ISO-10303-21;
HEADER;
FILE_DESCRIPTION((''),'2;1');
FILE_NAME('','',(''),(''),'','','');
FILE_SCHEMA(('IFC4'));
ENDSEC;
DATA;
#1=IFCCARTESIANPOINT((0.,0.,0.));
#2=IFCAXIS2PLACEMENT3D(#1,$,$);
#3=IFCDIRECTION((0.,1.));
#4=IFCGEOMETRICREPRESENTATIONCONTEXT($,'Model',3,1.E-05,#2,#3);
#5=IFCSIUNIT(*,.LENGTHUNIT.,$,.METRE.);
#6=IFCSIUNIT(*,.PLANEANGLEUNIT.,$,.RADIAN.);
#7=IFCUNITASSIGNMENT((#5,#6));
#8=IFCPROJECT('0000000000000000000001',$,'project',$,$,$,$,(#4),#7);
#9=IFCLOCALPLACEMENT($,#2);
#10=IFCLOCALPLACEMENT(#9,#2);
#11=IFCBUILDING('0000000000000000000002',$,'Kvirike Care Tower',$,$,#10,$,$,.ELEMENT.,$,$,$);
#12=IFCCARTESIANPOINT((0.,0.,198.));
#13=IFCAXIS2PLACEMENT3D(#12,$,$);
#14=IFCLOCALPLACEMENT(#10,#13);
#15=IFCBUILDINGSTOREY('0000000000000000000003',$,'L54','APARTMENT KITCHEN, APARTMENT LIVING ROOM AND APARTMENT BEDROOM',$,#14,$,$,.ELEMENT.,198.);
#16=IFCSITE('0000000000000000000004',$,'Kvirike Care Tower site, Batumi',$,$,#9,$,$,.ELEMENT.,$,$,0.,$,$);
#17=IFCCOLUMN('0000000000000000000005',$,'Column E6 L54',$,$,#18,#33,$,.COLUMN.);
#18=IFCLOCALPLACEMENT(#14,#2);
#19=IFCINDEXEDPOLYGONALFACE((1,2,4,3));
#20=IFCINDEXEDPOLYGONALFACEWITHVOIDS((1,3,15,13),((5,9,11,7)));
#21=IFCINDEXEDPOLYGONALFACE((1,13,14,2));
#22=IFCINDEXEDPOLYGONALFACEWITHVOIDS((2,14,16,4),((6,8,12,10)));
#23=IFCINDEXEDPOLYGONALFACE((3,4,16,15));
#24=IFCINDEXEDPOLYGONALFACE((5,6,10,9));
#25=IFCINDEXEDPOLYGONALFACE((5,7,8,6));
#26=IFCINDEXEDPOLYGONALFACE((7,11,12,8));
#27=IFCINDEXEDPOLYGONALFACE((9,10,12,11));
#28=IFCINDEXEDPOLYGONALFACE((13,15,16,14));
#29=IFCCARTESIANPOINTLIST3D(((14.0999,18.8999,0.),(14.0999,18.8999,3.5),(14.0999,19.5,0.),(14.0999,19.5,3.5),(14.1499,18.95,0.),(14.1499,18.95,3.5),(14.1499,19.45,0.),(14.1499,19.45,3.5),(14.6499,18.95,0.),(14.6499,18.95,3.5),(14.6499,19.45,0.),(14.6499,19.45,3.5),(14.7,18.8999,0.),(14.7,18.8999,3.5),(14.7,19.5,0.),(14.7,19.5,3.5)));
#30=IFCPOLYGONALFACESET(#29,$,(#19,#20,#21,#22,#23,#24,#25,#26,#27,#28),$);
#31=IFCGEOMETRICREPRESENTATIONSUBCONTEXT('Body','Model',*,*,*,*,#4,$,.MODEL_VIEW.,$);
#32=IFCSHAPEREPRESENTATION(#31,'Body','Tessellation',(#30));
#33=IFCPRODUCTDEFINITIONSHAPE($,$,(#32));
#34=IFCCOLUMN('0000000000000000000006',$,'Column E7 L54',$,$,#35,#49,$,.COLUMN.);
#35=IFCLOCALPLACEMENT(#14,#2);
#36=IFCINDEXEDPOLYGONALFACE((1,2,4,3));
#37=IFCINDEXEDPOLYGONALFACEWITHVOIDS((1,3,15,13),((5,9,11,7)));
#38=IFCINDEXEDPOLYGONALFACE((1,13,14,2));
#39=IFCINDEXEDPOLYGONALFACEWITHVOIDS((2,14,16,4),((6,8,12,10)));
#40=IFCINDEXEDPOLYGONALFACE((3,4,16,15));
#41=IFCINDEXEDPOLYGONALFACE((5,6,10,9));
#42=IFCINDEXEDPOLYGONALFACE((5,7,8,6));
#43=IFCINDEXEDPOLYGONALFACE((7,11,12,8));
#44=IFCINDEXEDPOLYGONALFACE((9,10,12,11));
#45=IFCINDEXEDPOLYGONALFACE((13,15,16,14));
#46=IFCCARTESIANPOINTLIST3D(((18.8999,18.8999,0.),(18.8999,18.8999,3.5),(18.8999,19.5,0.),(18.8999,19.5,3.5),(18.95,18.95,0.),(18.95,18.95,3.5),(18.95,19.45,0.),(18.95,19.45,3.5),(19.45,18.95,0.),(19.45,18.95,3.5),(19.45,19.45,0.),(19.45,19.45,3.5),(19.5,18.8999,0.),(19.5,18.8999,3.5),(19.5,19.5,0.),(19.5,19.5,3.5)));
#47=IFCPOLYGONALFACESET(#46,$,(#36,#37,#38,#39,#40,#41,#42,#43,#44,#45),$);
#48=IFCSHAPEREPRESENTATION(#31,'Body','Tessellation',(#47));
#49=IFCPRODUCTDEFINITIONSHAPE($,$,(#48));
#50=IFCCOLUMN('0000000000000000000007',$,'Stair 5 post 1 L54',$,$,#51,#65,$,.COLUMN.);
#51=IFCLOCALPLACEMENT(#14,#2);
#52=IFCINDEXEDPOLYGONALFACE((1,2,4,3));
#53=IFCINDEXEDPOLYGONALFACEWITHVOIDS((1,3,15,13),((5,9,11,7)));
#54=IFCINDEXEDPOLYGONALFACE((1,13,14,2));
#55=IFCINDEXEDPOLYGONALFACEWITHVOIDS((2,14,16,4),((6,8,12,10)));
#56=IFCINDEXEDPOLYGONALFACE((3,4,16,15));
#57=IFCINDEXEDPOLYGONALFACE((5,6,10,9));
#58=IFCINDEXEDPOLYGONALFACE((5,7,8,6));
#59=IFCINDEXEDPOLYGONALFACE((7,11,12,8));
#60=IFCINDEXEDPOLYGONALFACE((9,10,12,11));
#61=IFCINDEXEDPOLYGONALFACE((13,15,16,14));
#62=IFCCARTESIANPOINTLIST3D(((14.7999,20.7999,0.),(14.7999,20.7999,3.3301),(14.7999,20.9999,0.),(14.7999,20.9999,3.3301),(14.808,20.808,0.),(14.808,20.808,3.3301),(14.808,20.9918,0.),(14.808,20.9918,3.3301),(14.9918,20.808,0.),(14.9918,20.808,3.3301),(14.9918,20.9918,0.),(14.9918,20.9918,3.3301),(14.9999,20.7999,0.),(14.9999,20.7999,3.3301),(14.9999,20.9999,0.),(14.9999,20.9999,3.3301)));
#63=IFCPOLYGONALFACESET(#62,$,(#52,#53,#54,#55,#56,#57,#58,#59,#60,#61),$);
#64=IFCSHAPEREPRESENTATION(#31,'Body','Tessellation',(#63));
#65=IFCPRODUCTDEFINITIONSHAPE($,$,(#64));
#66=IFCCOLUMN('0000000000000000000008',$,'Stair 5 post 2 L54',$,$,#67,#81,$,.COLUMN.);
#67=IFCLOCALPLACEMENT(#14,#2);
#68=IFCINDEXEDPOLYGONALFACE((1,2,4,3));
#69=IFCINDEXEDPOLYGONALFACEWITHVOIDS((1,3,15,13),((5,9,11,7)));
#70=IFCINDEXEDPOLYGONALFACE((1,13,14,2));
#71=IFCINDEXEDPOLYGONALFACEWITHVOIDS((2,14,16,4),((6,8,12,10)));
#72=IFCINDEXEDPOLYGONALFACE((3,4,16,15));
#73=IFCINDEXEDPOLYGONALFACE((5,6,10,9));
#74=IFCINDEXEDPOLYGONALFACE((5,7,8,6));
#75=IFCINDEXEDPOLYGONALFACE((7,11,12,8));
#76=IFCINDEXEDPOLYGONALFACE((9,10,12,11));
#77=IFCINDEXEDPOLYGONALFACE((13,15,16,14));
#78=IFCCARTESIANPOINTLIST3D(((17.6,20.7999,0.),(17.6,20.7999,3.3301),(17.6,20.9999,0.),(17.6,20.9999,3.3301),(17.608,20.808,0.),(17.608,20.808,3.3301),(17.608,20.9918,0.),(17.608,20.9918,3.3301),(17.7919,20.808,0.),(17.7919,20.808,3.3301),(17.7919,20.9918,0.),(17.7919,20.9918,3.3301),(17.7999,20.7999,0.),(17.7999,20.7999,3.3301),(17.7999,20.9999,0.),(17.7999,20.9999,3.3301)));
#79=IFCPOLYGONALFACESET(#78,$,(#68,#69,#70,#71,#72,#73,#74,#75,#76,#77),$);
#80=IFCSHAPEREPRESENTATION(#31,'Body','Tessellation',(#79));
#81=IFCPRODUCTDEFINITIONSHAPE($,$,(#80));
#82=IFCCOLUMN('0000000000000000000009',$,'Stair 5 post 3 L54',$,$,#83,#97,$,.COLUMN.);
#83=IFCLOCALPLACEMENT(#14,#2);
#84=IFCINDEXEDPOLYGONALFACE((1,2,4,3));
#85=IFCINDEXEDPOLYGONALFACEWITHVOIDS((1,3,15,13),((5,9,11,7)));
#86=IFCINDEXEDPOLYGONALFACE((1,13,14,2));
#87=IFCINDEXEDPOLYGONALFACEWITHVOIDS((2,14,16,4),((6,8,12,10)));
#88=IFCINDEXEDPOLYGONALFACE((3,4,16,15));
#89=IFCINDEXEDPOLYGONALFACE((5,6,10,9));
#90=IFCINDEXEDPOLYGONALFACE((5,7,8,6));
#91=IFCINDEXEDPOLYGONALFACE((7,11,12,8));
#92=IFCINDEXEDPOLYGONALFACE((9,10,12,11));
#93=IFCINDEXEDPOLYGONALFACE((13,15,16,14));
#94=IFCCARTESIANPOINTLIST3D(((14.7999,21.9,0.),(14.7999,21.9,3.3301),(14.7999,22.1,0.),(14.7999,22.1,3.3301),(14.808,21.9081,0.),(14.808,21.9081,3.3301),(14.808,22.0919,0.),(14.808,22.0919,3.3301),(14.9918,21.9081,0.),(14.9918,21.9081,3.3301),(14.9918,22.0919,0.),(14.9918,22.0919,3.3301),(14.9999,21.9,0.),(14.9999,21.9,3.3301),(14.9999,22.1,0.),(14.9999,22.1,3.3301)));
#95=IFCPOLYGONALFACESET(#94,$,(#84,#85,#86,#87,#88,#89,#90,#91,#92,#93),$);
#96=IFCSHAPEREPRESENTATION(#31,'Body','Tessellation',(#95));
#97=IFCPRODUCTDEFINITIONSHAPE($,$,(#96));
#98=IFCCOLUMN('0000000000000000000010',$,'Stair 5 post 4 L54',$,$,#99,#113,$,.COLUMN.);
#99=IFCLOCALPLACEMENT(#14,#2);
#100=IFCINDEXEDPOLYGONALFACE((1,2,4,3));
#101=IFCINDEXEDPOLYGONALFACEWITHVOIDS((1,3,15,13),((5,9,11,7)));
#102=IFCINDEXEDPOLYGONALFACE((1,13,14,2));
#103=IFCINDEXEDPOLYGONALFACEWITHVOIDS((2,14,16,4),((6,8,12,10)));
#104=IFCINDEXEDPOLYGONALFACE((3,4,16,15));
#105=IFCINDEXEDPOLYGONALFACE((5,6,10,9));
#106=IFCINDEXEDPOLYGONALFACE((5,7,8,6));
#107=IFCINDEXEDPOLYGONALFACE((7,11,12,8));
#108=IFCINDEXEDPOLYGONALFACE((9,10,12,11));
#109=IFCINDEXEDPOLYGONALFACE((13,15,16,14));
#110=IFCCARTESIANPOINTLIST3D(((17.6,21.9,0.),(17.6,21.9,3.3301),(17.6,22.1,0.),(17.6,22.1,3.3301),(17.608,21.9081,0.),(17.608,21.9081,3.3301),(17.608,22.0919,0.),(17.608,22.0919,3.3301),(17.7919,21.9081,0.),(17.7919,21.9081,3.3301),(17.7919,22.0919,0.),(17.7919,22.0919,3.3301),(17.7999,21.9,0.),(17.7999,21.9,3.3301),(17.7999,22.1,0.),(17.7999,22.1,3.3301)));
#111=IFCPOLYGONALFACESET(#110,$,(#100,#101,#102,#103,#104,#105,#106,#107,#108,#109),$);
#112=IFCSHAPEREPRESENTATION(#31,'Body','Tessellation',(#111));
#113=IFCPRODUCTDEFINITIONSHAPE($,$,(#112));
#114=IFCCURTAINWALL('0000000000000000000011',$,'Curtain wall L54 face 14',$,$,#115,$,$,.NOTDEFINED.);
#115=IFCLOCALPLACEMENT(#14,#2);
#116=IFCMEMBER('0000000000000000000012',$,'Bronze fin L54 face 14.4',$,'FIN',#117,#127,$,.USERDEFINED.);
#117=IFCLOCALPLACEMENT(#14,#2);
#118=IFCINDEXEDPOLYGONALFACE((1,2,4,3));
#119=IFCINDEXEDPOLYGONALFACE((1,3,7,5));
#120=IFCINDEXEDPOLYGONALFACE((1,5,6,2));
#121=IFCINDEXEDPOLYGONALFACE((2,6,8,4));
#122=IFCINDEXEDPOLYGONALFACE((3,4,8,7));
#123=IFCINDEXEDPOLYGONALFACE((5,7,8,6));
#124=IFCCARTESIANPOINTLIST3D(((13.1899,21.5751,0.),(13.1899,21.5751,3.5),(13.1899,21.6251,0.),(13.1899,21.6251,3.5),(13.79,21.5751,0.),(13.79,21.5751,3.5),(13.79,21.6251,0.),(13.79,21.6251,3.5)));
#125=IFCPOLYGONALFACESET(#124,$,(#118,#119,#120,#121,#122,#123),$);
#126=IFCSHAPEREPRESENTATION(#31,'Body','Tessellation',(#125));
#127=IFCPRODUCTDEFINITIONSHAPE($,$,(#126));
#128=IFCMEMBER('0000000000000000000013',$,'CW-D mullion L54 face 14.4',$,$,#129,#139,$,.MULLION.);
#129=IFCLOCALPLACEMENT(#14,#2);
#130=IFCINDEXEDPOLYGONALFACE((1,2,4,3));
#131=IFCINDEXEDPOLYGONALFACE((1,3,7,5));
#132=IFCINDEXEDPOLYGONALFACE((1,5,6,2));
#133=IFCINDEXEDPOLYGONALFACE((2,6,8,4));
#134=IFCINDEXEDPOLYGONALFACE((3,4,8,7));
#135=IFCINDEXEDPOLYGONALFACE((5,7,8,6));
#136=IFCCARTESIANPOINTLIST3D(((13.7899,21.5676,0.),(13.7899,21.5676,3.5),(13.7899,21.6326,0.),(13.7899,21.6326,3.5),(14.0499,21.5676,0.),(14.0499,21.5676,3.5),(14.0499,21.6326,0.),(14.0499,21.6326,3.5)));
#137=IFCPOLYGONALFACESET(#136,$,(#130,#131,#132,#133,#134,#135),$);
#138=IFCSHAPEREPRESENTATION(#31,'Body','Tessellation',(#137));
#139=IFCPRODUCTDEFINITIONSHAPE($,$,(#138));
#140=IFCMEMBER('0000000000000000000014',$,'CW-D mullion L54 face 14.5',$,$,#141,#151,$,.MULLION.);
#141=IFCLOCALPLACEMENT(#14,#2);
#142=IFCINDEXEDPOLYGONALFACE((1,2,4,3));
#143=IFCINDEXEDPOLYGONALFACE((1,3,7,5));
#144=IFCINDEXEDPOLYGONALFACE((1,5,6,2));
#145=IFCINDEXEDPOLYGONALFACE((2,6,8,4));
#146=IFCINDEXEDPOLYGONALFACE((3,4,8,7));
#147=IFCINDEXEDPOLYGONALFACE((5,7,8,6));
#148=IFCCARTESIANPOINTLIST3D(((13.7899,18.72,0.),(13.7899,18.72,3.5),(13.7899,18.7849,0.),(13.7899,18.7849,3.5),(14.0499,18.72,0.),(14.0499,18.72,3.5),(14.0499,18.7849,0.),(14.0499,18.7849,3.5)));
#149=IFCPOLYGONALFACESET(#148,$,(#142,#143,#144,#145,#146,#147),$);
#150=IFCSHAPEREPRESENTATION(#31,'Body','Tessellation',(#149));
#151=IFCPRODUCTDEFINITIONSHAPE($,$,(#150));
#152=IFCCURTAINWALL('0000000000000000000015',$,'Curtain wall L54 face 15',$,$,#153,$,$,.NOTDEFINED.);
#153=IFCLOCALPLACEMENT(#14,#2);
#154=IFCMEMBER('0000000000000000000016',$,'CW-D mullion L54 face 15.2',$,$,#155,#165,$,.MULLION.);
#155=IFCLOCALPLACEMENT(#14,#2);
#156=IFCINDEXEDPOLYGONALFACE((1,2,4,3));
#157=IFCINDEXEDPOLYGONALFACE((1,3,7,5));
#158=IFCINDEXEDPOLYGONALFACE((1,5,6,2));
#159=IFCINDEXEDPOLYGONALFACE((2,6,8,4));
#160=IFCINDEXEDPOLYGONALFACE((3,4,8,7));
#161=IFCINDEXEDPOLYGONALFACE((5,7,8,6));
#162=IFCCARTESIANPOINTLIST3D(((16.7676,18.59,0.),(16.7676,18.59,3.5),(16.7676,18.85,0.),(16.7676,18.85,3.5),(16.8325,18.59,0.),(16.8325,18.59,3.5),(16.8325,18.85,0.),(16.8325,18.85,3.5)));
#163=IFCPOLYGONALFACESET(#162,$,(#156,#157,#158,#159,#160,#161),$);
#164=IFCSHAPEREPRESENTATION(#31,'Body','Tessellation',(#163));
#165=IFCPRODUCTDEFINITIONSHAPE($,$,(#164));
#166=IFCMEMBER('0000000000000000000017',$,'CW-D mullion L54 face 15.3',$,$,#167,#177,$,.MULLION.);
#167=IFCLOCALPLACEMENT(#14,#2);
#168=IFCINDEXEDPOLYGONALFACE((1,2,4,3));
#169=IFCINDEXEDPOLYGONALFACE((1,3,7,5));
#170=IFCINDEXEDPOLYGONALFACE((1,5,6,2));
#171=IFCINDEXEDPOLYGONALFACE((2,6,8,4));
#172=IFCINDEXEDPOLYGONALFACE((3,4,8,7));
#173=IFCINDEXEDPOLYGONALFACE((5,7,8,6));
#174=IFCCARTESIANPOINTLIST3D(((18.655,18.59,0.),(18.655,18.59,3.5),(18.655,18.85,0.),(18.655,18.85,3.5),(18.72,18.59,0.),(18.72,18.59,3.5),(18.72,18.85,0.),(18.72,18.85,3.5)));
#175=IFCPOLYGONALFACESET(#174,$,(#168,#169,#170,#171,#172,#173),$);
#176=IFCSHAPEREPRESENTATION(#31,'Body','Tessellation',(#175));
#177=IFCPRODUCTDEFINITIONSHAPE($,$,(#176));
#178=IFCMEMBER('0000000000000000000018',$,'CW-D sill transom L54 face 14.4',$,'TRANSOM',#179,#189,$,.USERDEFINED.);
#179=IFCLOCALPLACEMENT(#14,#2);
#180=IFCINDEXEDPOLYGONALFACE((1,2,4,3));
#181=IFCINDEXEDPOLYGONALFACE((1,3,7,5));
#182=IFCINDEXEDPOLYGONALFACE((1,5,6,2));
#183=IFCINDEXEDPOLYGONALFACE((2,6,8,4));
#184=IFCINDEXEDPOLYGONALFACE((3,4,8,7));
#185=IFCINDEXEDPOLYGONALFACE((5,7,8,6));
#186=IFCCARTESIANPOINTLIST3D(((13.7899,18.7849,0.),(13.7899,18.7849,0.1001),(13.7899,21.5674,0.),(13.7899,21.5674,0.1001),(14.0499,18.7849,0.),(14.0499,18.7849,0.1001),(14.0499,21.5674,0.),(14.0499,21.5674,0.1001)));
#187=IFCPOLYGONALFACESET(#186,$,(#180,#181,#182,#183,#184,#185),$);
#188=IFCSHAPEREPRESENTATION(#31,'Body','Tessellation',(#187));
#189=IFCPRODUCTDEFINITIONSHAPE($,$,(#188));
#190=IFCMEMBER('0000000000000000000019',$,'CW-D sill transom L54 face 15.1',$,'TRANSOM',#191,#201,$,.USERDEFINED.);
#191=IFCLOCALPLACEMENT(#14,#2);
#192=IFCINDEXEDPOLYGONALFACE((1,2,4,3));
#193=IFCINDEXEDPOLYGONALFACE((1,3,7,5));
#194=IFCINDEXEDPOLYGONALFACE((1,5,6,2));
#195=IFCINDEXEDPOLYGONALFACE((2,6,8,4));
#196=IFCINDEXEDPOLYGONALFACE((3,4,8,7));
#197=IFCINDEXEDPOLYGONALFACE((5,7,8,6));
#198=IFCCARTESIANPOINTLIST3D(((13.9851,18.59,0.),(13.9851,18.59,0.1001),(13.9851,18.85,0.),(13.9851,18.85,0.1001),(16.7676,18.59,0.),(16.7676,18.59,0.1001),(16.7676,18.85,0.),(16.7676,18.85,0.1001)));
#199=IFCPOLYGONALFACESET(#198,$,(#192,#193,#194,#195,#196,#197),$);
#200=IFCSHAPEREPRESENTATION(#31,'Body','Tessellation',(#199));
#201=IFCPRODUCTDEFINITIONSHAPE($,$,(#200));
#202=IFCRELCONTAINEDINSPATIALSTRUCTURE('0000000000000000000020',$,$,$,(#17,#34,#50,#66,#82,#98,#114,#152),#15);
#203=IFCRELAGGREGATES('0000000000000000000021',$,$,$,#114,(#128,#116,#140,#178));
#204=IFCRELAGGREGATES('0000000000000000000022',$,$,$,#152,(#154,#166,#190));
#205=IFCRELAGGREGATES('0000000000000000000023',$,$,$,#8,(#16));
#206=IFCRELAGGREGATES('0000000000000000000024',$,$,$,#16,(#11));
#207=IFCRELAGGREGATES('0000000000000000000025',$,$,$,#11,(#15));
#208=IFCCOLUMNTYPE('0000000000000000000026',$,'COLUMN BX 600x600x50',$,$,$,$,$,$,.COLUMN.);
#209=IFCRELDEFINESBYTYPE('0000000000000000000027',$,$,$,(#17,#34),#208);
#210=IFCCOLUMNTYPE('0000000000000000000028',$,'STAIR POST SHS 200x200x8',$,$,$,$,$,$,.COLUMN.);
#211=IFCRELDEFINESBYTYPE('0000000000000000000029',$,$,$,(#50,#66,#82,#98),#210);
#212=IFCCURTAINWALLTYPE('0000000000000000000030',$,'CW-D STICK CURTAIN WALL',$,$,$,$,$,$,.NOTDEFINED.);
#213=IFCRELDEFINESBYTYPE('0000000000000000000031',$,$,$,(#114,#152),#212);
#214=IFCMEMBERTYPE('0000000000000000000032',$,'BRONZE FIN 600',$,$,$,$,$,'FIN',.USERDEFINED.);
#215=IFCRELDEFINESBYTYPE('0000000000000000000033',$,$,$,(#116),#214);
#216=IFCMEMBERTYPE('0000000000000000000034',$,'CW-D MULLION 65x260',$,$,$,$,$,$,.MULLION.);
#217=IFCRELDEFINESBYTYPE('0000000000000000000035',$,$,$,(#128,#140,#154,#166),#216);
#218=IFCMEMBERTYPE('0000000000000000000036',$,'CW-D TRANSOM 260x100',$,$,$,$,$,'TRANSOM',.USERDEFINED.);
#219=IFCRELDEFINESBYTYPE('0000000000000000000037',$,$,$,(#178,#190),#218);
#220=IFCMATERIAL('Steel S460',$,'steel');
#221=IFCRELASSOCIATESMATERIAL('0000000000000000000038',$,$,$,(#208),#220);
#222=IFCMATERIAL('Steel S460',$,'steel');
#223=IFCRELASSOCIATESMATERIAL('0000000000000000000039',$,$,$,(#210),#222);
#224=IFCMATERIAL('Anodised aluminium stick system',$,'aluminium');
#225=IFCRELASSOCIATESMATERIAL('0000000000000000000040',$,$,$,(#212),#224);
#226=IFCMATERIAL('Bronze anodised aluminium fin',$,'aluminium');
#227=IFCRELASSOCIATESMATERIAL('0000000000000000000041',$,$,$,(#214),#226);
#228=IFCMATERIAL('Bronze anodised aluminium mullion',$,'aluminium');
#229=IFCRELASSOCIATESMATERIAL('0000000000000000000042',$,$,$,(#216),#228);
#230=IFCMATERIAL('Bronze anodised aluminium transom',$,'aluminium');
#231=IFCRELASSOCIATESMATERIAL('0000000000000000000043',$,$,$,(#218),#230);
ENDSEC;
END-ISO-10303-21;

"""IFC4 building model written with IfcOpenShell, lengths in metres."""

from ifc_helpers import new_model, si_unit, direction, frame, origin, origin_2d, place, context, subcontext, project, spatial, rectangle, hollow_rectangle, extrude, material, material_profile, profile_set, type_object, element, aggregate, save


model = new_model("IFC4")

# Units and contexts
model_context = context("Model", 3, precision=1e-05, world=origin(), true_north=direction((0.0, 1.0)))
body_context = subcontext(model_context, "Body", "Model", "MODEL_VIEW")
ifc_project = project(units=[si_unit("LENGTHUNIT", "METRE"), si_unit("PLANEANGLEUNIT", "RADIAN")], contexts=[model_context])

# Site, building, storey
site_placement = place(None, origin())
site = spatial("IfcSite", under=ifc_project, at=site_placement, Name="Kvirike Care Tower site, Batumi", CompositionType="ELEMENT", RefElevation=0.0)
building_placement = place(site_placement, origin())
building = spatial("IfcBuilding", under=site, at=building_placement, Name="Kvirike Care Tower", CompositionType="ELEMENT")
storey_placement = place(building_placement, frame((0.0, 0.0, 198.0)))
storey = spatial("IfcBuildingStorey", under=building, at=storey_placement, Name="L54", Description="APARTMENT KITCHEN, APARTMENT LIVING ROOM AND APARTMENT BEDROOM", CompositionType="ELEMENT", Elevation=198.0)

# Columns
ifc_material_1 = material(Name="Steel S460", Category="steel")
ifc_material_profile_1 = material_profile(ifc_material_1, hollow_rectangle(XDim=0.6001, YDim=0.6001, WallThickness=0.05, at=origin_2d()), Name="BX 600x600x50")
ifc_profile_set_1 = profile_set([ifc_material_profile_1], Name="Steel S460")
column_type_1 = type_object("IfcColumnType", Name="COLUMN BX 600x600x50", PredefinedType="COLUMN", material=ifc_profile_set_1)
for number, where, z_axis, x_axis, name in (
    (1, (14.3999, 19.2, 0.0), (0.0, 0.0, 1.0), (0.0, 1.0, 0.0), "Column E6 L54"),
    (2, (19.2, 19.2, 0.0), (0.0, 0.0, 1.0), (0.0, 1.0, 0.0), "Column E7 L54"),
):
    element("IfcColumn", number, at=place(storey_placement, frame(where, z_axis=z_axis, x_axis=x_axis)), inside=storey, type_object=column_type_1, Name=name, PredefinedType="COLUMN", context=body_context, shape_type="SweptSolid", body=[
        extrude(hollow_rectangle(XDim=0.6001, YDim=0.6001, WallThickness=0.05, at=origin_2d()), origin(), (0.0, 0.0, 1.0), 3.5),
    ])
ifc_material_2 = material(Name="Steel S460", Category="steel")
ifc_material_profile_2 = material_profile(ifc_material_2, hollow_rectangle(XDim=0.2, YDim=0.2, WallThickness=0.0081, at=origin_2d()), Name="SHS 200x200x8")
ifc_profile_set_2 = profile_set([ifc_material_profile_2], Name="Steel S460")
column_type_2 = type_object("IfcColumnType", Name="STAIR POST SHS 200x200x8", PredefinedType="COLUMN", material=ifc_profile_set_2)
for number, where, z_axis, x_axis, name in (
    (3, (14.8999, 20.8999, 0.0), (0.0, 0.0, 1.0), (1.0, 0.0, 0.0), "Stair 5 post 1 L54"),
    (4, (17.7, 20.8999, 0.0), (0.0, 0.0, 1.0), (1.0, 0.0, 0.0), "Stair 5 post 2 L54"),
    (5, (14.8999, 22.0, 0.0), (0.0, 0.0, 1.0), (1.0, 0.0, 0.0), "Stair 5 post 3 L54"),
    (6, (17.7, 22.0, 0.0), (0.0, 0.0, 1.0), (1.0, 0.0, 0.0), "Stair 5 post 4 L54"),
):
    element("IfcColumn", number, at=place(storey_placement, frame(where, z_axis=z_axis, x_axis=x_axis)), inside=storey, type_object=column_type_2, Name=name, PredefinedType="COLUMN", context=body_context, shape_type="SweptSolid", body=[
        extrude(hollow_rectangle(XDim=0.2, YDim=0.2, WallThickness=0.0081, at=origin_2d()), origin(), (0.0, 0.0, 1.0), 3.3301),
    ])

# Curtain walls, members
ifc_material_3 = material(Name="Anodised aluminium stick system", Category="aluminium")
curtain_wall_type = type_object("IfcCurtainWallType", Name="CW-D STICK CURTAIN WALL", PredefinedType="NOTDEFINED", material=ifc_material_3)
curtain_wall_1_placement = place(storey_placement, origin())
curtain_wall_1 = element("IfcCurtainWall", 7, at=curtain_wall_1_placement, inside=storey, type_object=curtain_wall_type, Name="Curtain wall L54 face 14", PredefinedType="NOTDEFINED")
ifc_material_4 = material(Name="Bronze anodised aluminium fin", Category="aluminium")
ifc_material_profile_3 = material_profile(ifc_material_4, rectangle(XDim=0.05, YDim=0.6001, at=origin_2d()), Name="BRONZE FIN 600")
ifc_profile_set_3 = profile_set([ifc_material_profile_3], Name="Bronze anodised aluminium fin")
member_type_1 = type_object("IfcMemberType", Name="BRONZE FIN 600", ElementType="FIN", PredefinedType="USERDEFINED", material=ifc_profile_set_3)
member_1_placement = place(storey_placement, frame((13.49, 21.6001, 0.0), z_axis=(0.0, 0.0, 1.0), x_axis=(0.0, -1.0, 0.0)))
member_1 = element("IfcMember", 8, at=member_1_placement, type_object=member_type_1, Name="Bronze fin L54 face 14.4", ObjectType="FIN", PredefinedType="USERDEFINED", context=body_context, shape_type="SweptSolid", body=[
    extrude(rectangle(XDim=0.05, YDim=0.6001, at=origin_2d()), origin(), (0.0, 0.0, 1.0), 3.5),
])
ifc_material_5 = material(Name="Bronze anodised aluminium mullion", Category="aluminium")
ifc_material_profile_4 = material_profile(ifc_material_5, rectangle(XDim=0.0649, YDim=0.26, at=origin_2d()), Name="CW-D MULLION 65x260")
ifc_profile_set_4 = profile_set([ifc_material_profile_4], Name="Bronze anodised aluminium mullion")
member_type_2 = type_object("IfcMemberType", Name="CW-D MULLION 65x260", PredefinedType="MULLION", material=ifc_profile_set_4)
member_2_placement = place(storey_placement, frame((13.9199, 21.6001, 0.0), z_axis=(0.0, 0.0, 1.0), x_axis=(0.0, -1.0, 0.0)))
member_2 = element("IfcMember", 9, at=member_2_placement, type_object=member_type_2, Name="CW-D mullion L54 face 14.4", PredefinedType="MULLION", context=body_context, shape_type="SweptSolid", body=[
    extrude(rectangle(XDim=0.0649, YDim=0.26, at=origin_2d()), origin(), (0.0, 0.0, 1.0), 3.5),
])
member_3_placement = place(storey_placement, frame((13.9199, 18.7524, 0.0), z_axis=(0.0, 0.0, 1.0), x_axis=(0.0, -1.0, 0.0)))
member_3 = element("IfcMember", 10, at=member_3_placement, type_object=member_type_2, Name="CW-D mullion L54 face 14.5", PredefinedType="MULLION", context=body_context, shape_type="SweptSolid", body=[
    extrude(rectangle(XDim=0.0649, YDim=0.26, at=origin_2d()), origin(), (0.0, 0.0, 1.0), 3.5),
])
curtain_wall_2_placement = place(storey_placement, origin())
curtain_wall_2 = element("IfcCurtainWall", 11, at=curtain_wall_2_placement, inside=storey, type_object=curtain_wall_type, Name="Curtain wall L54 face 15", PredefinedType="NOTDEFINED")
member_4_placement = place(storey_placement, frame((16.8, 18.72, 0.0), z_axis=(0.0, 0.0, 1.0), x_axis=(1.0, 0.0, 0.0)))
member_4 = element("IfcMember", 12, at=member_4_placement, type_object=member_type_2, Name="CW-D mullion L54 face 15.2", PredefinedType="MULLION", context=body_context, shape_type="SweptSolid", body=[
    extrude(rectangle(XDim=0.0649, YDim=0.26, at=origin_2d()), origin(), (0.0, 0.0, 1.0), 3.5),
])
member_5_placement = place(storey_placement, frame((18.6875, 18.72, 0.0), z_axis=(0.0, 0.0, 1.0), x_axis=(1.0, 0.0, 0.0)))
member_5 = element("IfcMember", 13, at=member_5_placement, type_object=member_type_2, Name="CW-D mullion L54 face 15.3", PredefinedType="MULLION", context=body_context, shape_type="SweptSolid", body=[
    extrude(rectangle(XDim=0.0649, YDim=0.26, at=origin_2d()), origin(), (0.0, 0.0, 1.0), 3.5),
])

# Members
ifc_material_6 = material(Name="Bronze anodised aluminium transom", Category="aluminium")
ifc_material_profile_5 = material_profile(ifc_material_6, rectangle(XDim=0.26, YDim=0.1001, at=origin_2d()), Name="CW-D TRANSOM 260x100")
ifc_profile_set_5 = profile_set([ifc_material_profile_5], Name="Bronze anodised aluminium transom")
member_type_3 = type_object("IfcMemberType", Name="CW-D TRANSOM 260x100", ElementType="TRANSOM", PredefinedType="USERDEFINED", material=ifc_profile_set_5)
member_6_placement = place(storey_placement, frame((13.9199, 21.5674, 0.05), z_axis=(0.0, -1.0, 0.0), x_axis=(1.0, 0.0, 0.0)))
member_6 = element("IfcMember", 14, at=member_6_placement, type_object=member_type_3, Name="CW-D sill transom L54 face 14.4", ObjectType="TRANSOM", PredefinedType="USERDEFINED", context=body_context, shape_type="SweptSolid", body=[
    extrude(rectangle(XDim=0.26, YDim=0.1001, at=origin_2d()), origin(), (0.0, 0.0, 1.0), 2.7825),
])
member_7_placement = place(storey_placement, frame((13.9851, 18.72, 0.05), z_axis=(1.0, 0.0, 0.0), x_axis=(0.0, 1.0, 0.0)))
member_7 = element("IfcMember", 15, at=member_7_placement, type_object=member_type_3, Name="CW-D sill transom L54 face 15.1", ObjectType="TRANSOM", PredefinedType="USERDEFINED", context=body_context, shape_type="SweptSolid", body=[
    extrude(rectangle(XDim=0.26, YDim=0.1001, at=origin_2d()), origin(), (0.0, 0.0, 1.0), 2.7825),
])

aggregate(curtain_wall_1, [member_2, member_1, member_3, member_6])
aggregate(curtain_wall_2, [member_4, member_5, member_7])

save(model, "model.ifc")
